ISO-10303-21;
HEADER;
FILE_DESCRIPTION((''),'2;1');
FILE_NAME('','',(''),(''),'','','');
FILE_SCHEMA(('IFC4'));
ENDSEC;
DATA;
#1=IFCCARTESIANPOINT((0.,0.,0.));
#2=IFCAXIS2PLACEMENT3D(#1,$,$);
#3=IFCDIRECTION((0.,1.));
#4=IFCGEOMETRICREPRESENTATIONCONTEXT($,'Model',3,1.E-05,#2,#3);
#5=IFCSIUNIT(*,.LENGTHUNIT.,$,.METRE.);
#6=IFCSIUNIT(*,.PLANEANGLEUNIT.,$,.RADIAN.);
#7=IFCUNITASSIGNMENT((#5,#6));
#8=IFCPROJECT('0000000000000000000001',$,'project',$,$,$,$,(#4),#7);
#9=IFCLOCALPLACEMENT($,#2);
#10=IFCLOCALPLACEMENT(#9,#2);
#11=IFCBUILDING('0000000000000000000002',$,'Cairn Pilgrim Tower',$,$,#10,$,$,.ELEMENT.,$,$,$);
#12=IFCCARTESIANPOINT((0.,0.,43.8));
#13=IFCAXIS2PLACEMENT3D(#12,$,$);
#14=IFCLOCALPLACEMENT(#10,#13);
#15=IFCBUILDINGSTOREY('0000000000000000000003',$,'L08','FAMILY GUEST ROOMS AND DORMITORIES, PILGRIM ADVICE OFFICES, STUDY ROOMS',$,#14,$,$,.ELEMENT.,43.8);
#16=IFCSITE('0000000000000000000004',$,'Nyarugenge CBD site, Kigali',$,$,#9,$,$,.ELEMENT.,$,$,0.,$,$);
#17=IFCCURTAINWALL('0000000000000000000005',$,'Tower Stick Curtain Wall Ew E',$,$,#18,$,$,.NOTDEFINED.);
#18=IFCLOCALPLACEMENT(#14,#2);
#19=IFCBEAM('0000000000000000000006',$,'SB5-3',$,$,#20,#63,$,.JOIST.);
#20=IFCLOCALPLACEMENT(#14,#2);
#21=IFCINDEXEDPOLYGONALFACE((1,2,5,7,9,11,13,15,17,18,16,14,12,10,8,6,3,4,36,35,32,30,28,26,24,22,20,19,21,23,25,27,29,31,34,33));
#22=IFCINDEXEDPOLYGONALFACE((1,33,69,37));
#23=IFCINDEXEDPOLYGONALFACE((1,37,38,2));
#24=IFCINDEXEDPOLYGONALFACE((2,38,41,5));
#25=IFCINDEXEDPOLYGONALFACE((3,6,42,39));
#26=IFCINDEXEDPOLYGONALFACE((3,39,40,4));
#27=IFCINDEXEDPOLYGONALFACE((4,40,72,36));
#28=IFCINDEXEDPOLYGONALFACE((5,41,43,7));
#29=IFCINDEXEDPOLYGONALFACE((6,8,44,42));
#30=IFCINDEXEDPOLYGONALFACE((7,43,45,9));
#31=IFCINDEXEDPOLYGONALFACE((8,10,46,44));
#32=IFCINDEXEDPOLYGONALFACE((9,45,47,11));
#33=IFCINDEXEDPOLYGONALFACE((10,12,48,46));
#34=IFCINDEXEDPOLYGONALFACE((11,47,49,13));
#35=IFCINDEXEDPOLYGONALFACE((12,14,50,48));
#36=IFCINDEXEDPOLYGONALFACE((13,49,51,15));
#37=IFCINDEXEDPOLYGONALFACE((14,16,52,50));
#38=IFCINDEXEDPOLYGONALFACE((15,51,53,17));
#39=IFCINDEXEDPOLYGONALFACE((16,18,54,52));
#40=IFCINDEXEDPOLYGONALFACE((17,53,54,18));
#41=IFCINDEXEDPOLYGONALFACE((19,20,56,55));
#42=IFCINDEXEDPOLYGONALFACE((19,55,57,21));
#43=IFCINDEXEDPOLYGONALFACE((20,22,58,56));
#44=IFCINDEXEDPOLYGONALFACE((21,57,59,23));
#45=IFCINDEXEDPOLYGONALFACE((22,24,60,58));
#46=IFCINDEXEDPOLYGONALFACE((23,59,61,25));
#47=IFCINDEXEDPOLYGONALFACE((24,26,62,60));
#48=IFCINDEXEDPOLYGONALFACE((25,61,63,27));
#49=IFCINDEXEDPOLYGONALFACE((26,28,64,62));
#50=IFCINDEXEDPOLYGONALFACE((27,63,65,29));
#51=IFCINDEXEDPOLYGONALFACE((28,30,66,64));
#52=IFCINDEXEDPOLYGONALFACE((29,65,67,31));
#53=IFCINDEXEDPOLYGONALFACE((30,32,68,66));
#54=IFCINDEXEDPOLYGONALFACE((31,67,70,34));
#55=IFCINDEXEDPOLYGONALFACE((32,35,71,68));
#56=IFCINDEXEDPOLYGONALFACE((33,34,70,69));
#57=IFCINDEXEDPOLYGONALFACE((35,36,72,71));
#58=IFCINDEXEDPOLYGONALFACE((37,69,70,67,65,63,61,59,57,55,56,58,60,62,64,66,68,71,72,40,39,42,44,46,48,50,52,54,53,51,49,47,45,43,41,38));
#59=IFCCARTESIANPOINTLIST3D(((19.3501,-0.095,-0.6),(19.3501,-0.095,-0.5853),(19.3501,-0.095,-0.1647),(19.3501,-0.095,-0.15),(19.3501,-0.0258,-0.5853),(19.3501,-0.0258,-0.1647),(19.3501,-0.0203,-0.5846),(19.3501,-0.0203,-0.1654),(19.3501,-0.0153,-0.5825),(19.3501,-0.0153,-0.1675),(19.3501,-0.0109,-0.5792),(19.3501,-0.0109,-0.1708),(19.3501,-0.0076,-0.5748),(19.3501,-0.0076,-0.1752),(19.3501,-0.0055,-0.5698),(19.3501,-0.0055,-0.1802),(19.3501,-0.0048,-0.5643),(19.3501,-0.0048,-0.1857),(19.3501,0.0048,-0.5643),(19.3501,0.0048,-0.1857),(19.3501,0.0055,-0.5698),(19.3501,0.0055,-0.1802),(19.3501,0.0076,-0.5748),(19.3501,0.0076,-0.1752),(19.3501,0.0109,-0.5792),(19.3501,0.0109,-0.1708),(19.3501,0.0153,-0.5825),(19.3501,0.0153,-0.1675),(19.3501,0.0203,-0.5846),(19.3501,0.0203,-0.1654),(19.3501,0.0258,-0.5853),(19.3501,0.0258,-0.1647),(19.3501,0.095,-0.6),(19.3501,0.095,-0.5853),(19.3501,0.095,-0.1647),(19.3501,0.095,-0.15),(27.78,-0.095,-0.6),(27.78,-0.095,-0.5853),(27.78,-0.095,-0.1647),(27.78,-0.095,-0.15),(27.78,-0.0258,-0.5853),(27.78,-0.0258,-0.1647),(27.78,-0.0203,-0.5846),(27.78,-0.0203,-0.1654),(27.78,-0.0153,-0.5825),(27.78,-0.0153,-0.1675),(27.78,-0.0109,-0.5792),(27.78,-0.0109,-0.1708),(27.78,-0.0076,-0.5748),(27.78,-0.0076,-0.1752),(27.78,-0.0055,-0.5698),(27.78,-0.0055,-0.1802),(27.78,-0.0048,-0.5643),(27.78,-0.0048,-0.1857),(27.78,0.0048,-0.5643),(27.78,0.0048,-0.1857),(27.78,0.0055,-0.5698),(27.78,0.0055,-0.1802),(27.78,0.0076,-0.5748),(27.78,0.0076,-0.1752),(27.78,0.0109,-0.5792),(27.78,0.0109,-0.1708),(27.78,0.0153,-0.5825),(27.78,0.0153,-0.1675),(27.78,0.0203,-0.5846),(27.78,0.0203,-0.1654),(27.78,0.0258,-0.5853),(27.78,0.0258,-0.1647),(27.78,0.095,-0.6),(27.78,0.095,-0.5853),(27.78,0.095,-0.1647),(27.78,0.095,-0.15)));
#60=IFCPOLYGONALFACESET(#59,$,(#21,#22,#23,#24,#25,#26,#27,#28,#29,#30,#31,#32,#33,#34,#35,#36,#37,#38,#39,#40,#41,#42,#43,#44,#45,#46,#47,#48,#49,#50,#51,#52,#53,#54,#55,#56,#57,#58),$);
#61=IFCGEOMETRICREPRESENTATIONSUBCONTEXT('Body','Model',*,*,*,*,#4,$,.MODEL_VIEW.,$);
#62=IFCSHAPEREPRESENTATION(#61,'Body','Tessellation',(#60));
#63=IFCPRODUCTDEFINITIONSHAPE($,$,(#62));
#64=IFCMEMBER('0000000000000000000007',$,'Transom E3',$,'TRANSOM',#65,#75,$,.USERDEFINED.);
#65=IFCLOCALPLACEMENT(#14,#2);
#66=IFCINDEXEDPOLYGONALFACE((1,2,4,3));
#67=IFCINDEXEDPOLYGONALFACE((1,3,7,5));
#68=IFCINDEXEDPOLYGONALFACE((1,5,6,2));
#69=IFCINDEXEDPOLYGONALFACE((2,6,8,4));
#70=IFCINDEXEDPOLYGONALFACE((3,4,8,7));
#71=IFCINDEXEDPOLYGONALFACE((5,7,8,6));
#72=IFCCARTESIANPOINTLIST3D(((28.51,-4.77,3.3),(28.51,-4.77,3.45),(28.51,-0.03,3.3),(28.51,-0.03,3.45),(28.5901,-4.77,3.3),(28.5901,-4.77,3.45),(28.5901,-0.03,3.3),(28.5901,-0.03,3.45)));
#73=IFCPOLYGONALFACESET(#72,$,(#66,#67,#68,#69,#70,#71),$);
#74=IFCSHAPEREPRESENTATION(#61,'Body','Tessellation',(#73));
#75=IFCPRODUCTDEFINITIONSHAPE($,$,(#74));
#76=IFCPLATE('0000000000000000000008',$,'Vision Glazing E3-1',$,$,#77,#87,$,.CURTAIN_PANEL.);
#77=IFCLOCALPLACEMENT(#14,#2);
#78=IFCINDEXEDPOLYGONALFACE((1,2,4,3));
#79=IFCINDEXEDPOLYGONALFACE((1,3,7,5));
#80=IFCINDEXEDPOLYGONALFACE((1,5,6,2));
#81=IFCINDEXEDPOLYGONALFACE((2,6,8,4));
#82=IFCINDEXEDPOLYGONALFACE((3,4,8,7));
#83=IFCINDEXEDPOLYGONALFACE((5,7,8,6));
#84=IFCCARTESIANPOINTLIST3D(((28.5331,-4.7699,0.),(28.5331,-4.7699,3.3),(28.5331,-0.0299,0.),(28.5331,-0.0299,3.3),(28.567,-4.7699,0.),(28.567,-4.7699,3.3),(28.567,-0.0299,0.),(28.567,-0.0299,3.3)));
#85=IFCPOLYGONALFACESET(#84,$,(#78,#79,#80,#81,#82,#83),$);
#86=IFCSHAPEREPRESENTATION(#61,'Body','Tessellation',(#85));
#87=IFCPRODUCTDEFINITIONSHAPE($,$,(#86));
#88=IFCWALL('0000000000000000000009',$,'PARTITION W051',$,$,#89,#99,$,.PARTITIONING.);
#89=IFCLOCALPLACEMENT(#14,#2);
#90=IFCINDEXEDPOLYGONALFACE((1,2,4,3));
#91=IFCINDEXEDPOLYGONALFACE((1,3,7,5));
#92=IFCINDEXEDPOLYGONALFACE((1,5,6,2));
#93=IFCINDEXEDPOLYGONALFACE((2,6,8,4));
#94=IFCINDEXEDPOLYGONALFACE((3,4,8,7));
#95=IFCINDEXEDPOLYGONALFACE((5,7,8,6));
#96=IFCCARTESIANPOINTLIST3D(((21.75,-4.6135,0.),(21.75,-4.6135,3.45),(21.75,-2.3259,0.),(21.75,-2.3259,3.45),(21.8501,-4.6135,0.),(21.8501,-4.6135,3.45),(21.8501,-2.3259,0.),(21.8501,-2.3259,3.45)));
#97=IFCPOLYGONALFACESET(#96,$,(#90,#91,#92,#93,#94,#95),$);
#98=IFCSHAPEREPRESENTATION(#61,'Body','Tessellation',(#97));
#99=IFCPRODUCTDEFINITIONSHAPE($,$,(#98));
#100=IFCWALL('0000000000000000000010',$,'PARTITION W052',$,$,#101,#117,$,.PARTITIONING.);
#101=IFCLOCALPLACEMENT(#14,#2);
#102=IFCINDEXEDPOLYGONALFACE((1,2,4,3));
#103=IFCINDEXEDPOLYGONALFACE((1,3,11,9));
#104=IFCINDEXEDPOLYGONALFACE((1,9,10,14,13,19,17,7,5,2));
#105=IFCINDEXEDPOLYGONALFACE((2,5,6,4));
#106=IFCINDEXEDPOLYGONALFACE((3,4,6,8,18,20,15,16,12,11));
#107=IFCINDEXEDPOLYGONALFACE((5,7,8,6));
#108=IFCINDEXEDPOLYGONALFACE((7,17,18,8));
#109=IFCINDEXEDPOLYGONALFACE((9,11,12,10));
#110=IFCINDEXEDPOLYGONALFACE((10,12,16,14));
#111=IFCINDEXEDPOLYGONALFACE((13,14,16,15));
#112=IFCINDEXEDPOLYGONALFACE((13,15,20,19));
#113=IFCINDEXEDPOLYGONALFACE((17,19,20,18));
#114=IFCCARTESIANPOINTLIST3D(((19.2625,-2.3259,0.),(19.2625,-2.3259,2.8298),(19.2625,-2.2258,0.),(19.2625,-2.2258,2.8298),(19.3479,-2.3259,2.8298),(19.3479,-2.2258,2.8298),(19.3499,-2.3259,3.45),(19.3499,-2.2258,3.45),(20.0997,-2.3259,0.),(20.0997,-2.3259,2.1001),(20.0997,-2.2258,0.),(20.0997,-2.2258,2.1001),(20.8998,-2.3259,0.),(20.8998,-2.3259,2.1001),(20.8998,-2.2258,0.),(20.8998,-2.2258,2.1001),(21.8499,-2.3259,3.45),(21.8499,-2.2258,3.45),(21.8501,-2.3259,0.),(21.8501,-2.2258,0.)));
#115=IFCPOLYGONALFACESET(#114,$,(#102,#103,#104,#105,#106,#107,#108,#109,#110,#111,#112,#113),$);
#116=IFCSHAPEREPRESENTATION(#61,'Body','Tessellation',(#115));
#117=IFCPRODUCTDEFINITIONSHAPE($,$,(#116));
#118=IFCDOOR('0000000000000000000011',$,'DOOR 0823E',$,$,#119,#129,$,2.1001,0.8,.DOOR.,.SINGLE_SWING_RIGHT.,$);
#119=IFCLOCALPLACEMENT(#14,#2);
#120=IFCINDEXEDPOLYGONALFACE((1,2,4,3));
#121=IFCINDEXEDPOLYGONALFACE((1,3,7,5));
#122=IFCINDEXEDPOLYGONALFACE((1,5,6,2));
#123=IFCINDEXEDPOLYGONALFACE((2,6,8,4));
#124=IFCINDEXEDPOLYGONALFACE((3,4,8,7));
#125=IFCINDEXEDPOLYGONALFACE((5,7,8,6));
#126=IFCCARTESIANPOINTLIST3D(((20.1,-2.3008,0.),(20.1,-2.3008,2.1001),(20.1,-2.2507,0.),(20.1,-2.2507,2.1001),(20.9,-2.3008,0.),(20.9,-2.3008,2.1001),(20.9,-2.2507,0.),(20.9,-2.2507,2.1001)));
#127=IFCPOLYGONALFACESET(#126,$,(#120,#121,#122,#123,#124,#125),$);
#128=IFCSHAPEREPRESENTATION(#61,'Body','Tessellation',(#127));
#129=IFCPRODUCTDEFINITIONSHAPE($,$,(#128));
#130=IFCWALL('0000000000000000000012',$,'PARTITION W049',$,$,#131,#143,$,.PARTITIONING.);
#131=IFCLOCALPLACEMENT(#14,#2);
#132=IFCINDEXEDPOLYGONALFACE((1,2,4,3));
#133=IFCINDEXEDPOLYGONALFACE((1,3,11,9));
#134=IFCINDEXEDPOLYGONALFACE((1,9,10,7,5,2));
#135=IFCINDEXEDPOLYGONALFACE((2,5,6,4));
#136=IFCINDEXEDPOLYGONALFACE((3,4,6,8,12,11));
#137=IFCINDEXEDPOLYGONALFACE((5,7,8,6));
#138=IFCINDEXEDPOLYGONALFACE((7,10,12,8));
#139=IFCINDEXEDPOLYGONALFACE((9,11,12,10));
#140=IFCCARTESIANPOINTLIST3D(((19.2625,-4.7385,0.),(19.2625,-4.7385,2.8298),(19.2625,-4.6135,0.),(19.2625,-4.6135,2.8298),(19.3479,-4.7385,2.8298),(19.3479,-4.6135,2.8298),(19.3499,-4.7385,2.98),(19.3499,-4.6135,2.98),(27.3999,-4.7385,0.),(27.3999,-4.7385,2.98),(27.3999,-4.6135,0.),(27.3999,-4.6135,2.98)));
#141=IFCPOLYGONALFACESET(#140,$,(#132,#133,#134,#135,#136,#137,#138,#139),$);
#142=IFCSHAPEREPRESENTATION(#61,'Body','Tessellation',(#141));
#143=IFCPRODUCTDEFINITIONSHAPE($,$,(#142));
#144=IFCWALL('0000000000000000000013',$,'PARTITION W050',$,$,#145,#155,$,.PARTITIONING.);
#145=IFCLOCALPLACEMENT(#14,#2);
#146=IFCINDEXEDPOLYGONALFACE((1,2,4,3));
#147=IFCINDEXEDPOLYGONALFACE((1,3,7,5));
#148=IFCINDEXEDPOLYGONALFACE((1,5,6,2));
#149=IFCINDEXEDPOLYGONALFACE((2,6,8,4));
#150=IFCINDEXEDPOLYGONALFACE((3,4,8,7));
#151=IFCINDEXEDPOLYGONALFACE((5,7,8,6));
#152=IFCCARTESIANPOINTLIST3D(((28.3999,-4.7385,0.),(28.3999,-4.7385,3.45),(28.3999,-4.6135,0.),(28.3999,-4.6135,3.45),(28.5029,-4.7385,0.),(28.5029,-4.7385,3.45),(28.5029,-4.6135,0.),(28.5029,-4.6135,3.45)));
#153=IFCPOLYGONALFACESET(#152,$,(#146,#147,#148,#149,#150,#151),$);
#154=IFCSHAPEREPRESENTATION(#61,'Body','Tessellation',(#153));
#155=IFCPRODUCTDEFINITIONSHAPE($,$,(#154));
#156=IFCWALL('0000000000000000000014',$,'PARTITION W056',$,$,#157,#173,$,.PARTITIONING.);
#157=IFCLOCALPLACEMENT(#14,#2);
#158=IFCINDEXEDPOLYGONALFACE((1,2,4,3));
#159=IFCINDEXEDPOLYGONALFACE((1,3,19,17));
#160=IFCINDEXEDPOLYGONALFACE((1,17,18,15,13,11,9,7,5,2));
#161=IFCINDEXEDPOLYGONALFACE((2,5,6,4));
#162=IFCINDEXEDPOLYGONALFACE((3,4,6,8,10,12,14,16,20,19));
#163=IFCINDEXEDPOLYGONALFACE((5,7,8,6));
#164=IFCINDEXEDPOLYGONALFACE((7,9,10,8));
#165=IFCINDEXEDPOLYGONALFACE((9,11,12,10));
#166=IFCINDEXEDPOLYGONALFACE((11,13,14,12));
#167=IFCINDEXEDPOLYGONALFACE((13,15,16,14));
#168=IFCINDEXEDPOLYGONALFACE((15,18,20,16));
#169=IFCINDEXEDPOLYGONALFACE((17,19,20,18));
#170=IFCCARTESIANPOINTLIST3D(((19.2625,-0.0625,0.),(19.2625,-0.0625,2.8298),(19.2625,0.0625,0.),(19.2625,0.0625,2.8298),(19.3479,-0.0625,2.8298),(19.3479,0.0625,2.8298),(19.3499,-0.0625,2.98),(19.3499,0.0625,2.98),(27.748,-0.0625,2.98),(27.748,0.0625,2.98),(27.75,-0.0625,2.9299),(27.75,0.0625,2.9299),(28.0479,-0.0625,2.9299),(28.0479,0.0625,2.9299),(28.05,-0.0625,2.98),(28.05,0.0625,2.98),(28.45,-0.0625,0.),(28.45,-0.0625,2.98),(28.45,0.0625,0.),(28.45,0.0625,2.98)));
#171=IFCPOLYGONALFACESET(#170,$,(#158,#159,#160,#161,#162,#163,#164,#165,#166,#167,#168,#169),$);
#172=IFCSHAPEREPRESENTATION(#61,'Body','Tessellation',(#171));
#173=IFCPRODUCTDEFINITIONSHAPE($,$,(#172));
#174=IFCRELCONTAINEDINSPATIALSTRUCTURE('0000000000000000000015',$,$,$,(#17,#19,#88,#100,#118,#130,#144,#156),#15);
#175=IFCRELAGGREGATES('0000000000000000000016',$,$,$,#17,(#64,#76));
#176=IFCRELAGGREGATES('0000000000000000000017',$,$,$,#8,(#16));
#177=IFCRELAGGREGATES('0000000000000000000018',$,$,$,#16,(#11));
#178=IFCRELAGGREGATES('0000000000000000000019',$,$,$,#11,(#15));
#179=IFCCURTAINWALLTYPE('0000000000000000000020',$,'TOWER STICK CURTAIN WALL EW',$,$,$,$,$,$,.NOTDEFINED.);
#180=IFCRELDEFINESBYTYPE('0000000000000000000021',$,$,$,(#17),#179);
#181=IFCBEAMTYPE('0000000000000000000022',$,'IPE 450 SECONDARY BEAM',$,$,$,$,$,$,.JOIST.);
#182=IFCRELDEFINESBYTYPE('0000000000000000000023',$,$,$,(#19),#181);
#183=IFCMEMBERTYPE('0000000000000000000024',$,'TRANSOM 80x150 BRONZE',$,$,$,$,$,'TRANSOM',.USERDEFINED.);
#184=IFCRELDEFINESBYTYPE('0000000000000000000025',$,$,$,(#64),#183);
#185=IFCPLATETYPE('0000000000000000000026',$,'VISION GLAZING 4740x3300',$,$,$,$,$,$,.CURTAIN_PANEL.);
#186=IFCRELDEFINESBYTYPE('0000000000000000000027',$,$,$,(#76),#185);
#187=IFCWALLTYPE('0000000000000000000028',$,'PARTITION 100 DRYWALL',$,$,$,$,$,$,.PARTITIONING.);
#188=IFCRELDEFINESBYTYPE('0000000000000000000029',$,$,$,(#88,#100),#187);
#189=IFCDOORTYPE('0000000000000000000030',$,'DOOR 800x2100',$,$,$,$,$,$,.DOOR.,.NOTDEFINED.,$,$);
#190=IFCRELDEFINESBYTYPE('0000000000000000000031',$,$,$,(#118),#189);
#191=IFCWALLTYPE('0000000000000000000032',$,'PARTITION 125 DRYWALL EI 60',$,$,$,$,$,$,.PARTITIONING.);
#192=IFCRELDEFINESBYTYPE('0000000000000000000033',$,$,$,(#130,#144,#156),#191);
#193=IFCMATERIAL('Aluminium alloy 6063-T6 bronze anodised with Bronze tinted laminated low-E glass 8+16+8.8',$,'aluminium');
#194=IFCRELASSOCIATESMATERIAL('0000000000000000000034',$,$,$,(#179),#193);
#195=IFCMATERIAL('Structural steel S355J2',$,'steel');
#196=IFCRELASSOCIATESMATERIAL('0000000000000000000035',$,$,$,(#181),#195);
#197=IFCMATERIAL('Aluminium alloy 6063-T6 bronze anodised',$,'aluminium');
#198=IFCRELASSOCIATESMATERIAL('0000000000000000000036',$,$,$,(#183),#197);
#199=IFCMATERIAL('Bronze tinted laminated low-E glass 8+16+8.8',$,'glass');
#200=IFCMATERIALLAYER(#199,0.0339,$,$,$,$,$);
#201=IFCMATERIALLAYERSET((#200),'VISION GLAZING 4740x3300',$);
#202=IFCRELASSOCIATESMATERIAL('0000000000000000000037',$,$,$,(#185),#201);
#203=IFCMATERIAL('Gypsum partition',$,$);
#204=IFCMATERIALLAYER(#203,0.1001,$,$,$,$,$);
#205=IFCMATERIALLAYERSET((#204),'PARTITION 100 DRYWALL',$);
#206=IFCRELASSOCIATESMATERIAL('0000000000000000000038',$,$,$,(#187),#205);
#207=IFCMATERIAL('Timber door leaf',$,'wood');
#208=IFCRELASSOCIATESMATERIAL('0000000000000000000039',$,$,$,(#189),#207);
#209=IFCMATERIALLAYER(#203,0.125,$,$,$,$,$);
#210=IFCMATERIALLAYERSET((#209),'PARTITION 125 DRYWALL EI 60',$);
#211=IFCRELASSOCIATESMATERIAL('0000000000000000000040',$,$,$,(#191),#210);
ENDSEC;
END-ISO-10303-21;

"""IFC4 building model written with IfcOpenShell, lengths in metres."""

from ifc_helpers import new_model, si_unit, direction, frame, frame_2d, origin, origin_2d, place, context, subcontext, project, spatial, polyline, rectangle, i_section, outline, extrude, material, layer, layer_set, material_profile, profile_set, type_object, element, fill, aggregate, save


model = new_model("IFC4")

# Units and contexts
model_context = context("Model", 3, precision=1e-05, world=origin(), true_north=direction((0.0, 1.0)))
body_context = subcontext(model_context, "Body", "Model", "MODEL_VIEW")
ifc_project = project(units=[si_unit("LENGTHUNIT", "METRE"), si_unit("PLANEANGLEUNIT", "RADIAN")], contexts=[model_context])

# Site, building, storey
site_placement = place(None, origin())
site = spatial("IfcSite", under=ifc_project, at=site_placement, Name="Nyarugenge CBD site, Kigali", CompositionType="ELEMENT", RefElevation=0.0)
building_placement = place(site_placement, origin())
building = spatial("IfcBuilding", under=site, at=building_placement, Name="Cairn Pilgrim Tower", CompositionType="ELEMENT")
storey_placement = place(building_placement, frame((0.0, 0.0, 43.8)))
storey = spatial("IfcBuildingStorey", under=building, at=storey_placement, Name="L08", Description="FAMILY GUEST ROOMS AND DORMITORIES, PILGRIM ADVICE OFFICES, STUDY ROOMS", CompositionType="ELEMENT", Elevation=43.8)

# Curtain wall
ifc_material_1 = material(Name="Aluminium alloy 6063-T6 bronze anodised with Bronze tinted laminated low-E glass 8+16+8.8", Category="aluminium")
curtain_wall_type = type_object("IfcCurtainWallType", Name="TOWER STICK CURTAIN WALL EW", PredefinedType="NOTDEFINED", material=ifc_material_1)
curtain_wall_placement = place(storey_placement, origin())
curtain_wall = element("IfcCurtainWall", 1, at=curtain_wall_placement, inside=storey, type_object=curtain_wall_type, Name="Tower Stick Curtain Wall Ew E", PredefinedType="NOTDEFINED")
ifc_material_2 = material(Name="Aluminium alloy 6063-T6 bronze anodised", Category="aluminium")

# Beam
ifc_material_3 = material(Name="Structural steel S355J2", Category="steel")
ifc_material_profile_1 = material_profile(ifc_material_3, i_section(OverallWidth=0.1899, OverallDepth=0.45, WebThickness=0.0095, FlangeThickness=0.0146, FilletRadius=0.021, at=origin_2d()), Name="IPE 450")
ifc_profile_set_1 = profile_set([ifc_material_profile_1], Name="Structural steel S355J2")
beam_type_1 = type_object("IfcBeamType", Name="IPE 450 SECONDARY BEAM", PredefinedType="JOIST", material=ifc_profile_set_1)
for number, where, z_axis, x_axis, name in (
    (2, (19.3501, 0.0, -0.375), (1.0, 0.0, 0.0), (0.0, 1.0, 0.0), "SB5-3"),
):
    element("IfcBeam", number, at=place(storey_placement, frame(where, z_axis=z_axis, x_axis=x_axis)), inside=storey, type_object=beam_type_1, Name=name, PredefinedType="JOIST", context=body_context, shape_type="SweptSolid", body=[
        extrude(i_section(OverallWidth=0.1899, OverallDepth=0.45, WebThickness=0.0095, FlangeThickness=0.0146, FilletRadius=0.021, at=origin_2d()), origin(), (0.0, 0.0, 1.0), 8.4299),
    ])

# Member
ifc_material_profile_2 = material_profile(ifc_material_2, rectangle(XDim=0.0801, YDim=0.1499, at=origin_2d()), Name="TRANSOM 80x150 BRONZE")
ifc_profile_set_2 = profile_set([ifc_material_profile_2], Name="Aluminium alloy 6063-T6 bronze anodised")
member_type_1 = type_object("IfcMemberType", Name="TRANSOM 80x150 BRONZE", ElementType="TRANSOM", PredefinedType="USERDEFINED", material=ifc_profile_set_2)
member_1_placement = place(storey_placement, frame((28.55, -4.77, 3.375), z_axis=(0.0, 1.0, 0.0), x_axis=(-1.0, 0.0, 0.0)))
member_1 = element("IfcMember", 3, at=member_1_placement, type_object=member_type_1, Name="Transom E3", ObjectType="TRANSOM", PredefinedType="USERDEFINED", context=body_context, shape_type="SweptSolid", body=[
    extrude(rectangle(XDim=0.0801, YDim=0.1499, at=origin_2d()), origin(), (0.0, 0.0, 1.0), 4.74),
])

# Plate
ifc_material_4 = material(Name="Bronze tinted laminated low-E glass 8+16+8.8", Category="glass")
ifc_layer_1 = layer(ifc_material_4, 0.0339)
ifc_layer_set_1 = layer_set([ifc_layer_1], Name="VISION GLAZING 4740x3300")
plate_type = type_object("IfcPlateType", Name="VISION GLAZING 4740x3300", PredefinedType="CURTAIN_PANEL", material=ifc_layer_set_1)
plate_placement = place(storey_placement, frame((28.55, -2.3999, 0.0), z_axis=(0.0, 0.0, 1.0), x_axis=(0.0, 1.0, 0.0)))
plate = element("IfcPlate", 4, at=plate_placement, type_object=plate_type, Name="Vision Glazing E3-1", PredefinedType="CURTAIN_PANEL", context=body_context, shape_type="SweptSolid", body=[
    extrude(rectangle(XDim=4.74, YDim=0.0339, at=origin_2d()), origin(), (0.0, 0.0, 1.0), 3.3),
])
aggregate(curtain_wall, [member_1, plate])

# Wall
ifc_material_5 = material(Name="Gypsum partition")
ifc_layer_2 = layer(ifc_material_5, 0.1001)
ifc_layer_set_2 = layer_set([ifc_layer_2], Name="PARTITION 100 DRYWALL")
wall_type_1 = type_object("IfcWallType", Name="PARTITION 100 DRYWALL", PredefinedType="PARTITIONING", material=ifc_layer_set_2)
wall_1_placement = place(storey_placement, frame((21.8, -4.6135, 0.0), z_axis=(0.0, 0.0, 1.0), x_axis=(0.0, 1.0, 0.0)))
element("IfcWall", 5, at=wall_1_placement, inside=storey, type_object=wall_type_1, Name="PARTITION W051", PredefinedType="PARTITIONING", context=body_context, shape_type="SweptSolid", body=[
    extrude(rectangle(XDim=2.2876, YDim=0.1001, at=frame_2d((1.1438, 0.0))), origin(), (0.0, 0.0, 1.0), 3.45),
])

# Wall, opening, door
wall_2_placement = place(storey_placement, frame((19.2625, -2.2759, 0.0), z_axis=(0.0, 0.0, 1.0), x_axis=(1.0, 0.0, 0.0)))
wall_2 = element("IfcWall", 6, at=wall_2_placement, inside=storey, type_object=wall_type_1, Name="PARTITION W052", PredefinedType="PARTITIONING", context=body_context, shape_type="SweptSolid", body=[
    extrude(outline(polyline([(0.0, 0.0), (2.5876, 0.0), (2.5874, 3.45), (0.0874, 3.45), (0.0854, 2.8298), (0.0, 2.8298), (0.0, 0.0)])), frame((0.0, 0.05, 0.0), z_axis=(0.0, -1.0, 0.0), x_axis=(1.0, 0.0, 0.0)), (0.0, 0.0, 1.0), 0.1001),
])
opening_placement = place(wall_2_placement, frame((0.8374, 0.0, 0.0)))
opening = element("IfcOpeningElement", 7, at=opening_placement, cuts=wall_2, PredefinedType="OPENING", context=body_context, shape_type="SweptSolid", body=[
    extrude(rectangle(XDim=0.8, YDim=2.1001, at=frame_2d((0.3999, 1.05))), frame((0.0, 0.0601, 0.0), z_axis=(0.0, -1.0, 0.0), x_axis=(1.0, 0.0, 0.0)), (0.0, 0.0, 1.0), 0.1201),
])
ifc_material_6 = material(Name="Timber door leaf", Category="wood")
door_type = type_object("IfcDoorType", Name="DOOR 800x2100", OperationType="NOTDEFINED", PredefinedType="DOOR", material=ifc_material_6)
door_placement = place(opening_placement, frame((0.8, 0.0, 0.0), z_axis=(0.0, 0.0, 1.0), x_axis=(-1.0, 0.0, 0.0)))
door = element("IfcDoor", 8, at=door_placement, inside=storey, type_object=door_type, Name="DOOR 0823E", OperationType="SINGLE_SWING_RIGHT", OverallHeight=2.1001, OverallWidth=0.8, PredefinedType="DOOR", context=body_context, shape_type="SweptSolid", body=[
    extrude(rectangle(XDim=0.8, YDim=2.1001, at=frame_2d((0.3999, 1.05))), frame((0.0, 0.0249, 0.0), z_axis=(0.0, -1.0, 0.0), x_axis=(1.0, 0.0, 0.0)), (0.0, 0.0, 1.0), 0.05),
])
fill(opening, door)

# Walls
ifc_layer_3 = layer(ifc_material_5, 0.125)
ifc_layer_set_3 = layer_set([ifc_layer_3], Name="PARTITION 125 DRYWALL EI 60")
wall_type_2 = type_object("IfcWallType", Name="PARTITION 125 DRYWALL EI 60", PredefinedType="PARTITIONING", material=ifc_layer_set_3)
wall_3_placement = place(storey_placement, frame((19.2625, -4.676, 0.0), z_axis=(0.0, 0.0, 1.0), x_axis=(1.0, 0.0, 0.0)))
element("IfcWall", 9, at=wall_3_placement, inside=storey, type_object=wall_type_2, Name="PARTITION W049", PredefinedType="PARTITIONING", context=body_context, shape_type="SweptSolid", body=[
    extrude(outline(polyline([(0.0, 0.0), (8.1375, 0.0), (8.1375, 2.98), (0.0874, 2.98), (0.0854, 2.8298), (0.0, 2.8298), (0.0, 0.0)])), frame((0.0, 0.0625, 0.0), z_axis=(0.0, -1.0, 0.0), x_axis=(1.0, 0.0, 0.0)), (0.0, 0.0, 1.0), 0.125),
])
wall_4_placement = place(storey_placement, frame((28.3999, -4.676, 0.0), z_axis=(0.0, 0.0, 1.0), x_axis=(1.0, 0.0, 0.0)))
element("IfcWall", 10, at=wall_4_placement, inside=storey, type_object=wall_type_2, Name="PARTITION W050", PredefinedType="PARTITIONING", context=body_context, shape_type="SweptSolid", body=[
    extrude(rectangle(XDim=0.103, YDim=0.125, at=frame_2d((0.0515, 0.0))), origin(), (0.0, 0.0, 1.0), 3.45),
])
wall_5_placement = place(storey_placement, frame((19.2625, 0.0, 0.0), z_axis=(0.0, 0.0, 1.0), x_axis=(1.0, 0.0, 0.0)))
element("IfcWall", 11, at=wall_5_placement, inside=storey, type_object=wall_type_2, Name="PARTITION W056", PredefinedType="PARTITIONING", context=body_context, shape_type="SweptSolid", body=[
    extrude(outline(polyline([(0.0, 0.0), (9.1875, 0.0), (9.1875, 2.98), (8.7876, 2.98), (8.7854, 2.9299), (8.4875, 2.9299), (8.4856, 2.98), (0.0874, 2.98), (0.0854, 2.8298), (0.0, 2.8298), (0.0, 0.0)])), frame((0.0, 0.0625, 0.0), z_axis=(0.0, -1.0, 0.0), x_axis=(1.0, 0.0, 0.0)), (0.0, 0.0, 1.0), 0.125),
])

save(model, "model.ifc")
